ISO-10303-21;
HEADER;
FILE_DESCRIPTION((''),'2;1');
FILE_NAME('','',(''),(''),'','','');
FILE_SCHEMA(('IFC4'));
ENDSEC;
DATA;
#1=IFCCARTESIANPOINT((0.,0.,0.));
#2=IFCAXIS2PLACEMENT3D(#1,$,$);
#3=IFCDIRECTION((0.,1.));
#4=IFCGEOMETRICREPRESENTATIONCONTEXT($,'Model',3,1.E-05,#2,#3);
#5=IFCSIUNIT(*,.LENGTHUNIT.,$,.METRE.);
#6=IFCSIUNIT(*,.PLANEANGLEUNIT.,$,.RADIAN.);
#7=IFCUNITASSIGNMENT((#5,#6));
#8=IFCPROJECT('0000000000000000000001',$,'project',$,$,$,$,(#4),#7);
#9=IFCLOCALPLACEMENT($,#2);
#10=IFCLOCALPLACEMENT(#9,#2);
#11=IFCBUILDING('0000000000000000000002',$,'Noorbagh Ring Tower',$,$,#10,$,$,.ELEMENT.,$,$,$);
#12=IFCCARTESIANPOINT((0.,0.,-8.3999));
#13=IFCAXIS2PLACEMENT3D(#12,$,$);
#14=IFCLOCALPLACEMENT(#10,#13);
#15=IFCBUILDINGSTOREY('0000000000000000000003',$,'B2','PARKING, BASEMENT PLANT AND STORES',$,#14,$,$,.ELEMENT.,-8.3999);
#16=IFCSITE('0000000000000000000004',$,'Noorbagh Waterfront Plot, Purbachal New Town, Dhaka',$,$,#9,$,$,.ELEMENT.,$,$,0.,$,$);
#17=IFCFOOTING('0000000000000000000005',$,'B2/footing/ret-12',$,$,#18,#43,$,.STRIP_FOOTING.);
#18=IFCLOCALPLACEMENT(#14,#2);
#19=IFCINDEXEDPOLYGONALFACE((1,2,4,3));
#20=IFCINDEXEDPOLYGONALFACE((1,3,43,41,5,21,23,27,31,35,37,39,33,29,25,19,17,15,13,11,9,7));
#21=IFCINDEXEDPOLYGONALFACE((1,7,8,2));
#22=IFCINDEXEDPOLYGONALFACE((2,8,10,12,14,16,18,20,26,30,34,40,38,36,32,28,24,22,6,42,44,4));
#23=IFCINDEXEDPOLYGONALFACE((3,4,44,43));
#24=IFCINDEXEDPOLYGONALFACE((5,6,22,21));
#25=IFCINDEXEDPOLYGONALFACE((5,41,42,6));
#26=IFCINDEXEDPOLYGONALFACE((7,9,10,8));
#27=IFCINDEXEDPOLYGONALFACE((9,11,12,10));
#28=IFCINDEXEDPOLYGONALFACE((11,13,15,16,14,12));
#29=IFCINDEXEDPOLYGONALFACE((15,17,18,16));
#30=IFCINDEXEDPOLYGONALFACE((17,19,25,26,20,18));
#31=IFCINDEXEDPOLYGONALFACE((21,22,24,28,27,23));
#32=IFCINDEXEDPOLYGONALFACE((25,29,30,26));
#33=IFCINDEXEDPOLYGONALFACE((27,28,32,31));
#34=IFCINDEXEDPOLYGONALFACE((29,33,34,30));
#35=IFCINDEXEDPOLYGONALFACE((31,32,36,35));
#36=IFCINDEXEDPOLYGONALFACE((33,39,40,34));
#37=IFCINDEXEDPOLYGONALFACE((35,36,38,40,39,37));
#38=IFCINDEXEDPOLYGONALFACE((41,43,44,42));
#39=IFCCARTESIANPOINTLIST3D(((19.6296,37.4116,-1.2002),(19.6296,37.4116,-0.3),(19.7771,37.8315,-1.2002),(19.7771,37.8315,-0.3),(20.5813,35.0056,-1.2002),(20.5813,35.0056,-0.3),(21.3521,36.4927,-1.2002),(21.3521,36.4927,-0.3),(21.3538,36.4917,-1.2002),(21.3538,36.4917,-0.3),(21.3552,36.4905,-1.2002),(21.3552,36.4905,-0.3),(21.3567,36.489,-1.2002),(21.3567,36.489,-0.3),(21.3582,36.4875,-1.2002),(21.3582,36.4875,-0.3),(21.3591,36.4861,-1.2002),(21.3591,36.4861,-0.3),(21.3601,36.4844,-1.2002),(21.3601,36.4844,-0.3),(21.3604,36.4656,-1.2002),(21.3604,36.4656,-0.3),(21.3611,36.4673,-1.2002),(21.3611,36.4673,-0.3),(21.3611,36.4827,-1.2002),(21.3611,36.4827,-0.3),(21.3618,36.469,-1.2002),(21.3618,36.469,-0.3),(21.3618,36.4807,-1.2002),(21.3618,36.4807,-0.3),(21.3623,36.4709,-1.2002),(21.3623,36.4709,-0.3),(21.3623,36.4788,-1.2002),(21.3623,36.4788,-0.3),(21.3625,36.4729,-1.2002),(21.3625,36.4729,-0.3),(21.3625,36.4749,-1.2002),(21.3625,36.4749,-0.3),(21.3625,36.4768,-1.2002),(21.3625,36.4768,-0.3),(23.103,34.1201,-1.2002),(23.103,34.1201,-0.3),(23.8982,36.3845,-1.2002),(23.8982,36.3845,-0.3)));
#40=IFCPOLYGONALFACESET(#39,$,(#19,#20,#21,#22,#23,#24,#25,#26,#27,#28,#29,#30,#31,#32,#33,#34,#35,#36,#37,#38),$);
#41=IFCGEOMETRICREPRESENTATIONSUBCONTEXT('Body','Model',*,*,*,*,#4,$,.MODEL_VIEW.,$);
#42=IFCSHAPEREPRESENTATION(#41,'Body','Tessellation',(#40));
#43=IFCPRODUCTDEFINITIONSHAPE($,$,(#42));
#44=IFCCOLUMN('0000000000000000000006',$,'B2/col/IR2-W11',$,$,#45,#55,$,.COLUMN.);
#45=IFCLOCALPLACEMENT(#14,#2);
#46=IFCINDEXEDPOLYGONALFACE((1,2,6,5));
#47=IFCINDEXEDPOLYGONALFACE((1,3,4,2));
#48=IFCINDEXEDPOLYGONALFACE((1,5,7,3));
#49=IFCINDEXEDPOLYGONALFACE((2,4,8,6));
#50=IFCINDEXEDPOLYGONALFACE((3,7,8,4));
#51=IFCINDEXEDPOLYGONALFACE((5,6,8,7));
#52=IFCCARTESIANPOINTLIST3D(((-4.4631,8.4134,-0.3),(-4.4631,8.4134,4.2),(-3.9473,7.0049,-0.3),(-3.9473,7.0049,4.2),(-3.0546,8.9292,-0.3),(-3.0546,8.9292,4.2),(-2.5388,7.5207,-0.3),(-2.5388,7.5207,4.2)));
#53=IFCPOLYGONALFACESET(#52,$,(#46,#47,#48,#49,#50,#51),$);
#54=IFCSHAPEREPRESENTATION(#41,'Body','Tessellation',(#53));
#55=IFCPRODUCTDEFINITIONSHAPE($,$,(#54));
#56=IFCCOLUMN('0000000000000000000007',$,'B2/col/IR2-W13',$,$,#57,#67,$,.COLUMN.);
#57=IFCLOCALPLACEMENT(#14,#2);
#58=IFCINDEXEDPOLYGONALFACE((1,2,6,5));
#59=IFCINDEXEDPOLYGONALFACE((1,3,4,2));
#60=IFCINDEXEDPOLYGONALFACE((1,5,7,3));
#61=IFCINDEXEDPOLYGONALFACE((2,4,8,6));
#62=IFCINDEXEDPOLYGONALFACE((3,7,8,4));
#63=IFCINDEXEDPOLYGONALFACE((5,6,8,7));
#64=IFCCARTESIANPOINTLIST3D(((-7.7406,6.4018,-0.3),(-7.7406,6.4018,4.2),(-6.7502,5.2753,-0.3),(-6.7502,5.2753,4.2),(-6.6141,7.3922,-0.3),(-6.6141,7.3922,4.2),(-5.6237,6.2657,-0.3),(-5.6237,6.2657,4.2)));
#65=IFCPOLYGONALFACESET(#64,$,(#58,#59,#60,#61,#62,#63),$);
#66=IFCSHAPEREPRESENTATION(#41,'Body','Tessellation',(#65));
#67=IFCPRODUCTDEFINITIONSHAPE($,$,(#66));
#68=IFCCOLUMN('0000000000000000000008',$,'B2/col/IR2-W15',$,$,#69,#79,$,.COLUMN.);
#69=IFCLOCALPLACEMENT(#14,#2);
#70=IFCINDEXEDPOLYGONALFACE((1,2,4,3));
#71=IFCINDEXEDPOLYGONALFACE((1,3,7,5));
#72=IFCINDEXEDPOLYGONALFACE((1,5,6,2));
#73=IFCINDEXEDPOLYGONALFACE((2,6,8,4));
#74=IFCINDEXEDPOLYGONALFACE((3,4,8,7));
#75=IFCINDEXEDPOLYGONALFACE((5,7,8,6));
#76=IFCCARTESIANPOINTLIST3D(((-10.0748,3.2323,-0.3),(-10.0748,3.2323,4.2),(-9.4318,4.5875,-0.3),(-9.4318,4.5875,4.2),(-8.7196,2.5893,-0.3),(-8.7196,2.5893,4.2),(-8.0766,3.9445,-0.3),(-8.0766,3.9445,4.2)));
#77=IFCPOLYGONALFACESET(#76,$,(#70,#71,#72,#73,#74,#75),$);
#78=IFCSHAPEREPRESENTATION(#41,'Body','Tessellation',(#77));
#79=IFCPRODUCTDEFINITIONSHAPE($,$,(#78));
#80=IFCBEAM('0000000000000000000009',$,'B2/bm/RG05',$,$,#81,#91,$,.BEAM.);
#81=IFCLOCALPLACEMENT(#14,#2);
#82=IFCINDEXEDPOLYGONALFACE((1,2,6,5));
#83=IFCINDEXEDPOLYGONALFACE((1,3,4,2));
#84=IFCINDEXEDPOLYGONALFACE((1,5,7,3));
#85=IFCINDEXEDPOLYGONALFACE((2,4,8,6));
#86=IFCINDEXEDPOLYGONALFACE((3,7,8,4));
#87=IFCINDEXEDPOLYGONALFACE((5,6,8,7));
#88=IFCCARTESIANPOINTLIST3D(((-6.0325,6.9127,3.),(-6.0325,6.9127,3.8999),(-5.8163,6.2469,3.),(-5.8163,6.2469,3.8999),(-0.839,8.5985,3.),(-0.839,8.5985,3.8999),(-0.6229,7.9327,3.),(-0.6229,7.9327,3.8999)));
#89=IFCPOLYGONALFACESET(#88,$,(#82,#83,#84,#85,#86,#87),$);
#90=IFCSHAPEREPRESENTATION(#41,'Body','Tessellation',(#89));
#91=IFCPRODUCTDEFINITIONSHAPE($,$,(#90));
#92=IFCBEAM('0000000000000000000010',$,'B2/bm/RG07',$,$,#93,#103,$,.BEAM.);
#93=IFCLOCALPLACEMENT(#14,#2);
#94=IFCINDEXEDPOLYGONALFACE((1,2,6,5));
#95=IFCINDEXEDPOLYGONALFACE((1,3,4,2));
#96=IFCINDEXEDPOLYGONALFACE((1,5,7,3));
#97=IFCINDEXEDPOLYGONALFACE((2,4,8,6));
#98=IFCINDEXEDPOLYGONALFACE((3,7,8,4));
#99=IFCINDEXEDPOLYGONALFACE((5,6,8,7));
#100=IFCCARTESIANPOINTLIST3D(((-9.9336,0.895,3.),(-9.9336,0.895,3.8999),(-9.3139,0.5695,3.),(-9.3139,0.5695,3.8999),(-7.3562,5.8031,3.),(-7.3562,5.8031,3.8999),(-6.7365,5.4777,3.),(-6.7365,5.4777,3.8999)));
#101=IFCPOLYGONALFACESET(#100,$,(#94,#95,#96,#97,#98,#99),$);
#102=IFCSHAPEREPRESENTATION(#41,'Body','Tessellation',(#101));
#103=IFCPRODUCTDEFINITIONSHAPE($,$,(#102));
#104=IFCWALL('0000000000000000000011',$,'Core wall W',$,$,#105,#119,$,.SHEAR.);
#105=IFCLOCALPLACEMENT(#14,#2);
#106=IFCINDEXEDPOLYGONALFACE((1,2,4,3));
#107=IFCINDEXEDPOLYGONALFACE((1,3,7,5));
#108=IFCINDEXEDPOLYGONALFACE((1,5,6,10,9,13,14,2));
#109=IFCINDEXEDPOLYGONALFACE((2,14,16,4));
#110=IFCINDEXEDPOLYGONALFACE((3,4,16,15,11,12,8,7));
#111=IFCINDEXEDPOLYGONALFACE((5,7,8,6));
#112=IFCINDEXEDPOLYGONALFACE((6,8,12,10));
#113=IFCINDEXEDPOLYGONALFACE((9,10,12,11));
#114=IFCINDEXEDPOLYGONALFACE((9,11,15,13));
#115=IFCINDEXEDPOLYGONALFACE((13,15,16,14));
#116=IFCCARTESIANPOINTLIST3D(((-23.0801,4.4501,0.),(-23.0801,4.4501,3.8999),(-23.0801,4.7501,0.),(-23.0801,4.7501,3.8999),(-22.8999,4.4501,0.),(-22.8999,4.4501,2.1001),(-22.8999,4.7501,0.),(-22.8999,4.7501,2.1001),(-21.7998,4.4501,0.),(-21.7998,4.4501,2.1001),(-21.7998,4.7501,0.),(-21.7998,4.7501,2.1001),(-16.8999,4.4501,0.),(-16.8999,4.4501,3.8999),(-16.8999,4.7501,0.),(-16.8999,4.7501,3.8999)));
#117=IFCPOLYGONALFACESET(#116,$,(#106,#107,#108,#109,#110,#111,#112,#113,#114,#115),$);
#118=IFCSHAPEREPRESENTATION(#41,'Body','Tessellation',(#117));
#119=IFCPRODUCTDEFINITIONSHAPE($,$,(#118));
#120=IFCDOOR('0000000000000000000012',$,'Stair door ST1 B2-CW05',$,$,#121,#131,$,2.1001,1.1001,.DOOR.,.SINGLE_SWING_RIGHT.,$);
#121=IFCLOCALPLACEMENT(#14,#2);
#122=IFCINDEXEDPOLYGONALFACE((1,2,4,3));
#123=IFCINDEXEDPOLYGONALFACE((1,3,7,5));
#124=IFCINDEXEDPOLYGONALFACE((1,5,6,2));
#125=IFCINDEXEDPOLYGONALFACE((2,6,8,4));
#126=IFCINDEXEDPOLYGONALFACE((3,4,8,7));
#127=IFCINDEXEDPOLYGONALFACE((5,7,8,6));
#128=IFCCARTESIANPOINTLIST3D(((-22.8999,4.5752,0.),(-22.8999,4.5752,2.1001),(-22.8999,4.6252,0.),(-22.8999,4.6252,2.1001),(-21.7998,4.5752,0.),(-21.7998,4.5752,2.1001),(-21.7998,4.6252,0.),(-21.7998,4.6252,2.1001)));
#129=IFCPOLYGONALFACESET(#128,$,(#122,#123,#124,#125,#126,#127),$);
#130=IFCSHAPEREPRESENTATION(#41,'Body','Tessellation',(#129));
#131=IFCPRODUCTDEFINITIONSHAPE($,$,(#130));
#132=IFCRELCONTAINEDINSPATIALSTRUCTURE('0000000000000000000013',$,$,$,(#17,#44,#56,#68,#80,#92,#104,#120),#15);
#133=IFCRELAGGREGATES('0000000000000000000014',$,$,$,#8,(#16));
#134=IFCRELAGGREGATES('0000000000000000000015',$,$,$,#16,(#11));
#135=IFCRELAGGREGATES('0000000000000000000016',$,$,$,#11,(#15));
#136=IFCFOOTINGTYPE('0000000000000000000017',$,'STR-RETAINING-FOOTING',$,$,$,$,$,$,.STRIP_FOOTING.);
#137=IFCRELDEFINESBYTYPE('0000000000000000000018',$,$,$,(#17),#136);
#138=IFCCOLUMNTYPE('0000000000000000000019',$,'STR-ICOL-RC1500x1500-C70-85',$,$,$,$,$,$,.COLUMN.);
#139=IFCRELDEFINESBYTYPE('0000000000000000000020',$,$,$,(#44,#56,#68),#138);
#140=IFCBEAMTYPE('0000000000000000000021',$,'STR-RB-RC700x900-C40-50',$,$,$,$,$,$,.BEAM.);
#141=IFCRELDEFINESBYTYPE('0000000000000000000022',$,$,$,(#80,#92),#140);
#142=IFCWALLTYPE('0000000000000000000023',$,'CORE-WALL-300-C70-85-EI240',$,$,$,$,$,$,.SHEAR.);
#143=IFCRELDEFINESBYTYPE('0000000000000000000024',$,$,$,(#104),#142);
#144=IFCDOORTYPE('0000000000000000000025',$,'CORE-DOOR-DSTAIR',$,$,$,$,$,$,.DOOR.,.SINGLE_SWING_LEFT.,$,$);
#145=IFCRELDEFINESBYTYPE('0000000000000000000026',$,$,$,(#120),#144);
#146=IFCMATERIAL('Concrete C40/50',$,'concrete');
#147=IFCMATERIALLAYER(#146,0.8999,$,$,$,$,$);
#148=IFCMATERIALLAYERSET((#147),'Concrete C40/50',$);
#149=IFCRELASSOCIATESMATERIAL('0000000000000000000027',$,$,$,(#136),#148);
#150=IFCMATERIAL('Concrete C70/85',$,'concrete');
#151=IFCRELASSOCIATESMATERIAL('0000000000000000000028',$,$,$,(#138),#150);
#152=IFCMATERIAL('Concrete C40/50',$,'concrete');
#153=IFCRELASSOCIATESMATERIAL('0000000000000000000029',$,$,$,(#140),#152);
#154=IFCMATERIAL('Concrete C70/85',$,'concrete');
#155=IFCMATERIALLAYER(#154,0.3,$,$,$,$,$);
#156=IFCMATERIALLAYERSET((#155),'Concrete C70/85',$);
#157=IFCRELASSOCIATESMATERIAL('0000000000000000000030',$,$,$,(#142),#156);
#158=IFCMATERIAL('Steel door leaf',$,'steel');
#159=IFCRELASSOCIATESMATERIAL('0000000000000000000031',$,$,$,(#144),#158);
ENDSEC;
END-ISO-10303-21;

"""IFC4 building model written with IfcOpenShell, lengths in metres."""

from ifc_helpers import new_model, si_unit, direction, frame, frame_2d, origin, origin_2d, place, context, subcontext, project, spatial, polyline, rectangle, outline, extrude, material, layer, layer_set, material_profile, profile_set, type_object, element, fill, save


model = new_model("IFC4")

# Units and contexts
model_context = context("Model", 3, precision=1e-05, world=origin(), true_north=direction((0.0, 1.0)))
body_context = subcontext(model_context, "Body", "Model", "MODEL_VIEW")
ifc_project = project(units=[si_unit("LENGTHUNIT", "METRE"), si_unit("PLANEANGLEUNIT", "RADIAN")], contexts=[model_context])

# Site, building, storey
site_placement = place(None, origin())
site = spatial("IfcSite", under=ifc_project, at=site_placement, Name="Noorbagh Waterfront Plot, Purbachal New Town, Dhaka", CompositionType="ELEMENT", RefElevation=0.0)
building_placement = place(site_placement, origin())
building = spatial("IfcBuilding", under=site, at=building_placement, Name="Noorbagh Ring Tower", CompositionType="ELEMENT")
storey_placement = place(building_placement, frame((0.0, 0.0, -8.3999)))
storey = spatial("IfcBuildingStorey", under=building, at=storey_placement, Name="B2", Description="PARKING, BASEMENT PLANT AND STORES", CompositionType="ELEMENT", Elevation=-8.3999)

# Footing
ifc_material_1 = material(Name="Concrete C40/50", Category="concrete")
ifc_layer_1 = layer(ifc_material_1, 0.8999)
ifc_layer_set_1 = layer_set([ifc_layer_1], Name="Concrete C40/50")
footing_type = type_object("IfcFootingType", Name="STR-RETAINING-FOOTING", PredefinedType="STRIP_FOOTING", material=ifc_layer_set_1)
footing_1_placement = place(storey_placement, frame((0.0, 0.0, -1.2002)))
element("IfcFooting", 1, at=footing_1_placement, inside=storey, type_object=footing_type, Name="B2/footing/ret-12", PredefinedType="STRIP_FOOTING", context=body_context, shape_type="SweptSolid", body=[
    extrude(outline(polyline([(19.7771, 37.8315), (23.8982, 36.3845), (23.103, 34.1201), (20.5813, 35.0056), (21.3604, 36.4656), (21.3611, 36.4673), (21.3618, 36.469), (21.3623, 36.4709), (21.3625, 36.4729), (21.3625, 36.4749), (21.3625, 36.4768), (21.3623, 36.4788), (21.3618, 36.4807), (21.3611, 36.4827), (21.3601, 36.4844), (21.3591, 36.4861), (21.3582, 36.4875), (21.3567, 36.489), (21.3552, 36.4905), (21.3538, 36.4917), (21.3521, 36.4927), (19.6296, 37.4116), (19.7771, 37.8315)])), origin(), (0.0, 0.0, 1.0), 0.9001),
])

# Columns
ifc_material_2 = material(Name="Concrete C70/85", Category="concrete")
ifc_material_profile_1 = material_profile(ifc_material_2, rectangle(XDim=1.5, YDim=1.5, at=origin_2d()), Name="RC1500x1500")
ifc_profile_set_1 = profile_set([ifc_material_profile_1], Name="Concrete C70/85")
column_type = type_object("IfcColumnType", Name="STR-ICOL-RC1500x1500-C70-85", PredefinedType="COLUMN", material=ifc_profile_set_1)
for number, where, z_axis, x_axis, name in (
    (2, (-3.501, 7.967, -0.3), (0.0, 0.0, 1.0), (-0.93902, -0.343864, 0.0), "B2/col/IR2-W11"),
    (3, (-6.6821, 6.3337, -0.3), (0.0, 0.0, 1.0), (-0.751022, -0.660277, 0.0), "B2/col/IR2-W13"),
    (4, (-9.0757, 3.5884, -0.3), (0.0, 0.0, 1.0), (-0.428667, -0.903463, 0.0), "B2/col/IR2-W15"),
):
    element("IfcColumn", number, at=place(storey_placement, frame(where, z_axis=z_axis, x_axis=x_axis)), inside=storey, type_object=column_type, Name=name, PredefinedType="COLUMN", context=body_context, shape_type="SweptSolid", body=[
        extrude(rectangle(XDim=1.5, YDim=1.5, at=origin_2d()), origin(), (0.0, 0.0, 1.0), 4.5),
    ])

# Beams
ifc_material_3 = material(Name="Concrete C40/50", Category="concrete")
ifc_material_profile_2 = material_profile(ifc_material_3, rectangle(XDim=0.7, YDim=0.8999, at=origin_2d()), Name="RC700x900")
ifc_profile_set_2 = profile_set([ifc_material_profile_2], Name="Concrete C40/50")
beam_type = type_object("IfcBeamType", Name="STR-RB-RC700x900-C40-50", PredefinedType="BEAM", material=ifc_profile_set_2)
beam_1_placement = place(storey_placement, frame((-0.731, 8.2656, 3.45), z_axis=(-0.951144, -0.308746, 0.0), x_axis=(0.308746, -0.951144, 0.0)))
element("IfcBeam", 5, at=beam_1_placement, inside=storey, type_object=beam_type, Name="B2/bm/RG05", PredefinedType="BEAM", context=body_context, shape_type="SweptSolid", body=[
    extrude(rectangle(XDim=0.7, YDim=0.8999, at=origin_2d()), origin(), (0.0, 0.0, 1.0), 5.4602),
])
beam_2_placement = place(storey_placement, frame((-7.0464, 5.6404, 3.45), z_axis=(-0.464917, -0.885354, 0.0), x_axis=(0.885354, -0.464917, 0.0)))
element("IfcBeam", 6, at=beam_2_placement, inside=storey, type_object=beam_type, Name="B2/bm/RG07", PredefinedType="BEAM", context=body_context, shape_type="SweptSolid", body=[
    extrude(rectangle(XDim=0.7, YDim=0.8999, at=origin_2d()), origin(), (0.0, 0.0, 1.0), 5.5437),
])

# Wall, opening, door
ifc_material_4 = material(Name="Concrete C70/85", Category="concrete")
ifc_layer_2 = layer(ifc_material_4, 0.3)
ifc_layer_set_2 = layer_set([ifc_layer_2], Name="Concrete C70/85")
wall_type_1 = type_object("IfcWallType", Name="CORE-WALL-300-C70-85-EI240", PredefinedType="SHEAR", material=ifc_layer_set_2)
wall_1_placement = place(storey_placement, frame((-16.8999, 4.6001, 0.0), z_axis=(0.0, 0.0, 1.0), x_axis=(-1.0, 0.0, 0.0)))
wall_1 = element("IfcWall", 7, at=wall_1_placement, inside=storey, type_object=wall_type_1, Name="Core wall W", PredefinedType="SHEAR", context=body_context, shape_type="SweptSolid", body=[
    extrude(rectangle(XDim=6.1802, YDim=0.3, at=frame_2d((3.0901, 0.0))), origin(), (0.0, 0.0, 1.0), 3.8999),
])
opening_1_placement = place(wall_1_placement, frame((4.8999, 0.0, 0.0)))
opening_1 = element("IfcOpeningElement", 8, at=opening_1_placement, cuts=wall_1, PredefinedType="OPENING", context=body_context, shape_type="SweptSolid", body=[
    extrude(rectangle(XDim=1.1001, YDim=2.1001, at=frame_2d((0.55, 1.05))), frame((0.0, 0.1602, 0.0), z_axis=(0.0, -1.0, 0.0), x_axis=(1.0, 0.0, 0.0)), (0.0, 0.0, 1.0), 0.3201),
])
ifc_material_5 = material(Name="Steel door leaf", Category="steel")
door_type_1 = type_object("IfcDoorType", Name="CORE-DOOR-DSTAIR", OperationType="SINGLE_SWING_LEFT", PredefinedType="DOOR", material=ifc_material_5)
door_1_placement = place(opening_1_placement, origin())
door_1 = element("IfcDoor", 9, at=door_1_placement, inside=storey, type_object=door_type_1, Name="Stair door ST1 B2-CW05", OperationType="SINGLE_SWING_RIGHT", OverallHeight=2.1001, OverallWidth=1.1001, PredefinedType="DOOR", context=body_context, shape_type="SweptSolid", body=[
    extrude(rectangle(XDim=1.1001, YDim=2.1001, at=frame_2d((0.55, 1.05))), frame((0.0, 0.0249, 0.0), z_axis=(0.0, -1.0, 0.0), x_axis=(1.0, 0.0, 0.0)), (0.0, 0.0, 1.0), 0.05),
])
fill(opening_1, door_1)

save(model, "model.ifc")
